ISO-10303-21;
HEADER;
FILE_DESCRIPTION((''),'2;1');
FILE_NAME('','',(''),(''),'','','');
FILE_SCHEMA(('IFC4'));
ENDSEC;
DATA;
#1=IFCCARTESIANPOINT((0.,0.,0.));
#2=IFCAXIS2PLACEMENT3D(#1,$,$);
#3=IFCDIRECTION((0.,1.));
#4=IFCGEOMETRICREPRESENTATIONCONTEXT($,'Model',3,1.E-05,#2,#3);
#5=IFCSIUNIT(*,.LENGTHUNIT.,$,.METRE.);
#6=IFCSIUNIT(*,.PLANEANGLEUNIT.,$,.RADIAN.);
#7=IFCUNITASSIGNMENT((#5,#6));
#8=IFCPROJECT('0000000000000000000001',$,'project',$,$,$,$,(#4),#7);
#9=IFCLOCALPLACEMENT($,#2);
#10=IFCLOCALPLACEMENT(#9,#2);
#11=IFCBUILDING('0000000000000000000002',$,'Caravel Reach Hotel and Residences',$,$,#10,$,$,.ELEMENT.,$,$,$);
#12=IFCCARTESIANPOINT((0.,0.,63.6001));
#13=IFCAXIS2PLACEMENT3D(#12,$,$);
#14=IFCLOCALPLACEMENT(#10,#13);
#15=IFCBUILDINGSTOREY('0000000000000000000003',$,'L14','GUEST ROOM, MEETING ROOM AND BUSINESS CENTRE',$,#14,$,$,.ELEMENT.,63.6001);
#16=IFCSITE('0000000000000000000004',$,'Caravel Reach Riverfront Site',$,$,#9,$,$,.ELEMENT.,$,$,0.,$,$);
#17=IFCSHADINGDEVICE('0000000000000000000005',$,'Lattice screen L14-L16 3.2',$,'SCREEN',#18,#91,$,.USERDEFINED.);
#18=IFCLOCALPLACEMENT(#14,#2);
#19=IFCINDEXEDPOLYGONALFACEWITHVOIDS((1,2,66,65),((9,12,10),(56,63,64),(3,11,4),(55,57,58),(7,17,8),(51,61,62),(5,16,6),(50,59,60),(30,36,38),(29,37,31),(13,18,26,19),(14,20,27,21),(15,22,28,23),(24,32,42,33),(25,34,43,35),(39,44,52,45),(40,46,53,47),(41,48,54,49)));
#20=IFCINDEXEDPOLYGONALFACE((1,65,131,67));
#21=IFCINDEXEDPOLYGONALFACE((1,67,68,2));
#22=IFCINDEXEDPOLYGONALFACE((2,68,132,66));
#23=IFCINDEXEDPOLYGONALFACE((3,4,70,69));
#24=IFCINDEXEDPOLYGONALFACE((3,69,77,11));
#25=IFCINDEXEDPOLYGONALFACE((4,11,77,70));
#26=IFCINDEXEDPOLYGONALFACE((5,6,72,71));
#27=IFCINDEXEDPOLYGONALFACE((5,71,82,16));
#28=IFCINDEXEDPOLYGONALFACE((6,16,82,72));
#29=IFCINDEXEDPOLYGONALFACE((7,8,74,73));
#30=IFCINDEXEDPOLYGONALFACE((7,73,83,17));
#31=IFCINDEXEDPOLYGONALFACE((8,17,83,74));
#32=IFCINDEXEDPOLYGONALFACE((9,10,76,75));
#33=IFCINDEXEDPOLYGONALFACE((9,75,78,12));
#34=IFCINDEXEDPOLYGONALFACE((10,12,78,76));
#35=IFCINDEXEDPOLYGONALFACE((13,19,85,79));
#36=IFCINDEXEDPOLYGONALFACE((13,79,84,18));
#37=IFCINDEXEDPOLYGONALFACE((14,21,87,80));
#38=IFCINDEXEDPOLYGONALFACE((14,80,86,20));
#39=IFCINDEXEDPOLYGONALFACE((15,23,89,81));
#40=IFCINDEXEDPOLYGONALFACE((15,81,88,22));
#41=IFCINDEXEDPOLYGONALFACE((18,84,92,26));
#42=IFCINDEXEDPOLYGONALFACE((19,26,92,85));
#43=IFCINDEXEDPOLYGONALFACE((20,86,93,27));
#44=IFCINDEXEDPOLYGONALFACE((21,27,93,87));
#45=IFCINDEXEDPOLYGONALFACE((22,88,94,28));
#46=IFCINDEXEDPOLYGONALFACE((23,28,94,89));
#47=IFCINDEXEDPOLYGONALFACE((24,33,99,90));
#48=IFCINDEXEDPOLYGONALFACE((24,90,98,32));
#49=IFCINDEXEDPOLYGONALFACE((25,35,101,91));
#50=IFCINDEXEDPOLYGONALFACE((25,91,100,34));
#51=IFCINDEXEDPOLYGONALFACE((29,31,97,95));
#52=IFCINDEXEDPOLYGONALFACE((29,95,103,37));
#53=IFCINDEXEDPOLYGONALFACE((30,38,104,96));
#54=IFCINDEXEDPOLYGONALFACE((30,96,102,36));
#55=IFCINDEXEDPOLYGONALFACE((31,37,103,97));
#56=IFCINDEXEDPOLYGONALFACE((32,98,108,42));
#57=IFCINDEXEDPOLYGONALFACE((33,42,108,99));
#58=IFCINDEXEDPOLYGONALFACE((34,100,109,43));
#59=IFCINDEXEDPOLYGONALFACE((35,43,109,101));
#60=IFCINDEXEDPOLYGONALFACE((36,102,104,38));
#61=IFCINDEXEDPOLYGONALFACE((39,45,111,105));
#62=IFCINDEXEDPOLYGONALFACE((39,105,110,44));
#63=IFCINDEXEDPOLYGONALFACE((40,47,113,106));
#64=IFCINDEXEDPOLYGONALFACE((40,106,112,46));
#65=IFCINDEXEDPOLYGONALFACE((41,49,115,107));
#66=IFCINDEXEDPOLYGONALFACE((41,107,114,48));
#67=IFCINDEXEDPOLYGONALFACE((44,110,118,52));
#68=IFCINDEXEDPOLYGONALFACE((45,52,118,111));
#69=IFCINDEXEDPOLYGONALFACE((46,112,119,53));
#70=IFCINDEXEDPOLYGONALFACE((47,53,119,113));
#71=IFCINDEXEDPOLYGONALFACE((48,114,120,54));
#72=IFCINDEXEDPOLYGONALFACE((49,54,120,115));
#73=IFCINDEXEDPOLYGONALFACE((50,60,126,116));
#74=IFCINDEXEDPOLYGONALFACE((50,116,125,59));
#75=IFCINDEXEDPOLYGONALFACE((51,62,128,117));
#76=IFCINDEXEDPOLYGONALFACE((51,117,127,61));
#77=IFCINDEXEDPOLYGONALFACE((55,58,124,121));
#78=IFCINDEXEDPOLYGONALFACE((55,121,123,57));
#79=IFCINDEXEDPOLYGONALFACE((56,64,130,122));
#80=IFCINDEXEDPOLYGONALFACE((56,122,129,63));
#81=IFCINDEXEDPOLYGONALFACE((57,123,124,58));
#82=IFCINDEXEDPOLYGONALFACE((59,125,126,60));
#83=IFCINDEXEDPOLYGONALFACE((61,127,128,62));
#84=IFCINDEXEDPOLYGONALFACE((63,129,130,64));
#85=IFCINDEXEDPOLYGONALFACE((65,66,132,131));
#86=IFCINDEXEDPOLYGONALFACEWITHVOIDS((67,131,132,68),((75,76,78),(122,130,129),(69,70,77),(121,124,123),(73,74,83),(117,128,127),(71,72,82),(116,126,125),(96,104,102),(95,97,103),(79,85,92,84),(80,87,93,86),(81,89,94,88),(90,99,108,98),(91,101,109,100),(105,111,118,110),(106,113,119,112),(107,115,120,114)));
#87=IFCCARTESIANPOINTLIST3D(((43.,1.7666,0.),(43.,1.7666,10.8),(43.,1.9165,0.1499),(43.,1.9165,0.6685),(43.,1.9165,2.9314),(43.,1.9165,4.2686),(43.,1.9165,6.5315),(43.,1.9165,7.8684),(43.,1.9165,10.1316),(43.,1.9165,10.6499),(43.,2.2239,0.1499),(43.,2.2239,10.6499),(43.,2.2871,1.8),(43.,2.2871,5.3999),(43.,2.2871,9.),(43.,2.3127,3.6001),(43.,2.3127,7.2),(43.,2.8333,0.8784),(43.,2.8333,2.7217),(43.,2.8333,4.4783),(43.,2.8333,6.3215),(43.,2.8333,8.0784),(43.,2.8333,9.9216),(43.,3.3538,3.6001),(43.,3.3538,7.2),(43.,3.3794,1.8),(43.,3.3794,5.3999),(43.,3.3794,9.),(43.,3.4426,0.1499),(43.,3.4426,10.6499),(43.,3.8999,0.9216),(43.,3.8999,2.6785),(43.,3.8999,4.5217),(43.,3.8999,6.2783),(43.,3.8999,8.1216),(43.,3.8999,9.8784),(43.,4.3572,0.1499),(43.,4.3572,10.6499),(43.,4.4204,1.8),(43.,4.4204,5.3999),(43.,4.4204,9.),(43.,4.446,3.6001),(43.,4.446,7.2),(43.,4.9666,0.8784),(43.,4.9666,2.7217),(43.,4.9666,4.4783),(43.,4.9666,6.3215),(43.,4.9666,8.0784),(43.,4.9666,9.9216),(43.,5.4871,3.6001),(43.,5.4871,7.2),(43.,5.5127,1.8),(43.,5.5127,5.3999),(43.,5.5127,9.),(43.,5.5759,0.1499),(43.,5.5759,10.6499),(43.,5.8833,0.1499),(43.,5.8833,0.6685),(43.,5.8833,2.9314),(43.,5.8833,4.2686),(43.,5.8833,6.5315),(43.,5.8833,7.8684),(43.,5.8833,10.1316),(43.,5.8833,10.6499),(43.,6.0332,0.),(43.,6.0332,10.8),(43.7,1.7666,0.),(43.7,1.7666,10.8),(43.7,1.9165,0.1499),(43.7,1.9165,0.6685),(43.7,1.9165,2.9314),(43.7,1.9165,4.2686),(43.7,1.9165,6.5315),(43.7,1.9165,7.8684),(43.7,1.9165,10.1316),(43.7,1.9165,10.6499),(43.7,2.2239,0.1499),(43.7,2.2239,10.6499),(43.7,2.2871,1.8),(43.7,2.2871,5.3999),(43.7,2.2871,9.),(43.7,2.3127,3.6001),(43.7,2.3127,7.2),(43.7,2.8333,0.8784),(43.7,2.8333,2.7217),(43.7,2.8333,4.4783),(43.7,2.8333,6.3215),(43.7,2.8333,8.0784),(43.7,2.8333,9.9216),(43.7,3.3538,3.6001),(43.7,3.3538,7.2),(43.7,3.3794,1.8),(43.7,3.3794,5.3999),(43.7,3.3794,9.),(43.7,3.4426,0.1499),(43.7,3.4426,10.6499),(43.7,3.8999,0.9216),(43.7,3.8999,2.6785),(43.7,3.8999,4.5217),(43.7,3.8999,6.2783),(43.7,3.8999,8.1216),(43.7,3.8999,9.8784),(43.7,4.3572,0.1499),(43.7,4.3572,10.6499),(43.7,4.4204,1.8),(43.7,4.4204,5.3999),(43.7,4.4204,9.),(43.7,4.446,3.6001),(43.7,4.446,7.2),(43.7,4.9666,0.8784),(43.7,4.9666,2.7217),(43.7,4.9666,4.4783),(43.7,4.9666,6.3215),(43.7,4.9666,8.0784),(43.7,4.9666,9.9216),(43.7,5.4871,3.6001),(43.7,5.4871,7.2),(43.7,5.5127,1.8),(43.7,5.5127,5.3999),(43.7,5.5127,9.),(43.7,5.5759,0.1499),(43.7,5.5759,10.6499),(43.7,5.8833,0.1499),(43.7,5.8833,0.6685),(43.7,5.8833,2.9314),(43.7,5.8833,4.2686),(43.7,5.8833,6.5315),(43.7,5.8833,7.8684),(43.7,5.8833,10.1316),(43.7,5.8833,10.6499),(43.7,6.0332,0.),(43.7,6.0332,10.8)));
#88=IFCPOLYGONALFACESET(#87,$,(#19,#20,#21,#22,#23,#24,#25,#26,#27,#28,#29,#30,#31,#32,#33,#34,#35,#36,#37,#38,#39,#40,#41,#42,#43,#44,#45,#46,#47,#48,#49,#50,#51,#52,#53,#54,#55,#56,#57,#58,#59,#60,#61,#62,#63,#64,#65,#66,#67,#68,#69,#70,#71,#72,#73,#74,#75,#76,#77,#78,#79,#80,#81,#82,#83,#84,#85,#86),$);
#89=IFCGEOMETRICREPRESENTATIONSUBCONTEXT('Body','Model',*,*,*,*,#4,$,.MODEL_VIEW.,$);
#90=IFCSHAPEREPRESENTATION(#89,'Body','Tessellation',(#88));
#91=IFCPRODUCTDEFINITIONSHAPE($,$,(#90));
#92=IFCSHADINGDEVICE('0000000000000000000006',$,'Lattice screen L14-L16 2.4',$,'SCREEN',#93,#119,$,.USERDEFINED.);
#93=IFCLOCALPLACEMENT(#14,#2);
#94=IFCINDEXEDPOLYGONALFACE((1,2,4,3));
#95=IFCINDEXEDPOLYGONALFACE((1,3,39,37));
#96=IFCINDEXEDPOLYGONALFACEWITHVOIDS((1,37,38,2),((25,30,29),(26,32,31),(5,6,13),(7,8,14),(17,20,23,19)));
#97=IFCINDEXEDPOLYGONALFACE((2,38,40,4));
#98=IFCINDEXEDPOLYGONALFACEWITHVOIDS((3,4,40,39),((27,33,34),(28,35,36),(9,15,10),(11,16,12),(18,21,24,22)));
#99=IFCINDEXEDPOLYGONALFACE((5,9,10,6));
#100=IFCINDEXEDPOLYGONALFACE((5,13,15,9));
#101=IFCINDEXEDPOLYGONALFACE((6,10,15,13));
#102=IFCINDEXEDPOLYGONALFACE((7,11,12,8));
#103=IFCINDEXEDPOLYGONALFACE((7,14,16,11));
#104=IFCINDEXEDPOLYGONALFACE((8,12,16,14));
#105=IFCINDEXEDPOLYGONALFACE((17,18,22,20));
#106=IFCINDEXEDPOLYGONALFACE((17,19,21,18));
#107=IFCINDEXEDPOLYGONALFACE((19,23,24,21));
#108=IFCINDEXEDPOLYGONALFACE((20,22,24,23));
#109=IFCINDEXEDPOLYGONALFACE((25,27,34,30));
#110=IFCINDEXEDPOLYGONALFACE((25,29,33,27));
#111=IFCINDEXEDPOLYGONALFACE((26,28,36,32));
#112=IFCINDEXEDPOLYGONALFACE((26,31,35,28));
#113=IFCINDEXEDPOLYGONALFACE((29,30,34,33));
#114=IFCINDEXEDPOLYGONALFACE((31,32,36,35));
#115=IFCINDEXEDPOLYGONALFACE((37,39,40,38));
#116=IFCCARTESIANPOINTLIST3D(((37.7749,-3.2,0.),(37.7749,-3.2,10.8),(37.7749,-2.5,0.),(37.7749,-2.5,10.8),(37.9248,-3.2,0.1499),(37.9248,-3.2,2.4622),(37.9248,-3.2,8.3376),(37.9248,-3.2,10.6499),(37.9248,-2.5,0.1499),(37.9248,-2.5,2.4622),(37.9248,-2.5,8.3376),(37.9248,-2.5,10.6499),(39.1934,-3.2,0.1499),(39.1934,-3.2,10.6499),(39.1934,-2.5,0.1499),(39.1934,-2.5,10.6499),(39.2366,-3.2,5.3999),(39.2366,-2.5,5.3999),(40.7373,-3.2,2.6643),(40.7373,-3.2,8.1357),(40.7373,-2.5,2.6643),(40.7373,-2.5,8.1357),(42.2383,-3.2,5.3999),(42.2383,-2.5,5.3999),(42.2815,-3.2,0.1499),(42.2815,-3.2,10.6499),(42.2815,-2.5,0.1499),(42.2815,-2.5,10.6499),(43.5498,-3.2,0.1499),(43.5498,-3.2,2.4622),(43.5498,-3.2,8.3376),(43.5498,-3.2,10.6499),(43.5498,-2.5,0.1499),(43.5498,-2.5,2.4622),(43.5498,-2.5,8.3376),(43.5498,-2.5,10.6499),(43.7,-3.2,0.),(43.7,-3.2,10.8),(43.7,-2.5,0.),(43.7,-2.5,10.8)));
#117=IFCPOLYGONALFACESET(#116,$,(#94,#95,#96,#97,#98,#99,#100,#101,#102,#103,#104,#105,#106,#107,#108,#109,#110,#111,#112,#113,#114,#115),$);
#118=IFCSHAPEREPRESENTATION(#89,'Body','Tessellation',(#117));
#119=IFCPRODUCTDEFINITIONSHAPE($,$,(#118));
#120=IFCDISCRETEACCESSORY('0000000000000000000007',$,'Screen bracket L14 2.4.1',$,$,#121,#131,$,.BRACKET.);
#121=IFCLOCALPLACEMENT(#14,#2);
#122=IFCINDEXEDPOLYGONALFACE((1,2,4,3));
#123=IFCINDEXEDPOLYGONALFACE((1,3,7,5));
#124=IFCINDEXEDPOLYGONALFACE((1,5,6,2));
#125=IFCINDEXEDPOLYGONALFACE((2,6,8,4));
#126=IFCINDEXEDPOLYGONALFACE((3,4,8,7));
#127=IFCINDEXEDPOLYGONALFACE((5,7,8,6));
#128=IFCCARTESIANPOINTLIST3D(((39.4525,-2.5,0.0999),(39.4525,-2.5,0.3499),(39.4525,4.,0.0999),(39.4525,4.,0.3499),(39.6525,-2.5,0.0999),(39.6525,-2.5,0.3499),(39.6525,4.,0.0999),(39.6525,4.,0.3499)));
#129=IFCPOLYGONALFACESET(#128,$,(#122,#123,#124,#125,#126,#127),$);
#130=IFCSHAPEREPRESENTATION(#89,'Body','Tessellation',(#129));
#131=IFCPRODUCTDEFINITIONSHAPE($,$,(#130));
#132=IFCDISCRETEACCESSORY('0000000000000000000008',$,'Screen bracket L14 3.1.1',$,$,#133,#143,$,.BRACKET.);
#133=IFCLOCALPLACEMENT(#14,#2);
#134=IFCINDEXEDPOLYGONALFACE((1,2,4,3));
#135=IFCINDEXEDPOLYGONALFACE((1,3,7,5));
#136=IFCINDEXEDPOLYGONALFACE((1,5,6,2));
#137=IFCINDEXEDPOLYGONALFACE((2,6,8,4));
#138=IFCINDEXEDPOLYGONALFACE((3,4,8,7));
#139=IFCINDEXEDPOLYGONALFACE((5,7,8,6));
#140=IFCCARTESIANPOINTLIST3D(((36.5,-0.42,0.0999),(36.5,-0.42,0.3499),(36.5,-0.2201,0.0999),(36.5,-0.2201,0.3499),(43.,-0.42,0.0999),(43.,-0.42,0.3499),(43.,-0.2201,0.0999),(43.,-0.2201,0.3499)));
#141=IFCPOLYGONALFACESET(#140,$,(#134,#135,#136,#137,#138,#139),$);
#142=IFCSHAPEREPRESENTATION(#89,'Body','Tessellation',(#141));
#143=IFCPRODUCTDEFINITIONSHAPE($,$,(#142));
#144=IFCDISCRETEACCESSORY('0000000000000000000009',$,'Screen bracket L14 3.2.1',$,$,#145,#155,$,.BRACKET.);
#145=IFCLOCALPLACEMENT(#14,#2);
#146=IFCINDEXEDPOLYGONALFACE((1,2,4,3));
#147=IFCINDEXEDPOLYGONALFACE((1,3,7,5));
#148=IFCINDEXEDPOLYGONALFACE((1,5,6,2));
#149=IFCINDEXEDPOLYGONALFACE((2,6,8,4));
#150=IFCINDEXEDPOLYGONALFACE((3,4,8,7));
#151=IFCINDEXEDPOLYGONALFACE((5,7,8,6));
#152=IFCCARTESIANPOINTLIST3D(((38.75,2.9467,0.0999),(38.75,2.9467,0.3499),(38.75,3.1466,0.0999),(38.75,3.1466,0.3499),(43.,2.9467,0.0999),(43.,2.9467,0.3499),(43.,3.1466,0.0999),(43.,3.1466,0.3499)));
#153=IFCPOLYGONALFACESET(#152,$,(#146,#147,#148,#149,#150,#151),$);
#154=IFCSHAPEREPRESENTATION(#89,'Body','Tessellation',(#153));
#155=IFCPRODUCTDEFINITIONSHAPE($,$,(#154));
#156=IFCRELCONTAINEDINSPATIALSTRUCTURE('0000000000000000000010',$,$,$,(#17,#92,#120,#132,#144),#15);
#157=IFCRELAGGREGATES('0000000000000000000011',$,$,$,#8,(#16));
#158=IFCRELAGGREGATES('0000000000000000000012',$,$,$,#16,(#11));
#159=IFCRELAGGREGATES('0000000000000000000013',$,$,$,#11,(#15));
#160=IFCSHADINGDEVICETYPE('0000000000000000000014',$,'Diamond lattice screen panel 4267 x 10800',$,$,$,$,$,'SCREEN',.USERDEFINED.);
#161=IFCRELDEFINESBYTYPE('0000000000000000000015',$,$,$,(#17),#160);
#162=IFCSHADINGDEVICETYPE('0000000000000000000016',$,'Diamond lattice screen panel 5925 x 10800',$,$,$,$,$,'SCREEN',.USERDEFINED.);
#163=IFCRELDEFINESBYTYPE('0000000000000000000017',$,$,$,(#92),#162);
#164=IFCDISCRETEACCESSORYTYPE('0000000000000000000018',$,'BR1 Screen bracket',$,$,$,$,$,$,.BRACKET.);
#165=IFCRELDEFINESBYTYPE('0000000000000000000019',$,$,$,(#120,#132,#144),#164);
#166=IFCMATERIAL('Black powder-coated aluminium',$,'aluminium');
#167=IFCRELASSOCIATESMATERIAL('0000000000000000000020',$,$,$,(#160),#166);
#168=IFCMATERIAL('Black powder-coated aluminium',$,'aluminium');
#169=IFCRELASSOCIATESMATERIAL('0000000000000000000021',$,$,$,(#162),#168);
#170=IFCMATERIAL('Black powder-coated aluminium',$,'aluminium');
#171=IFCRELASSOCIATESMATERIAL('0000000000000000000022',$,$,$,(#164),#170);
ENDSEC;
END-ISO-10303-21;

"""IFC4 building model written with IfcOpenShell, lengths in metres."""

from ifc_helpers import new_model, si_unit, direction, frame, origin, origin_2d, place, context, subcontext, project, spatial, polyline, rectangle, outline, extrude, material, type_object, element, save


model = new_model("IFC4")

# Units and contexts
model_context = context("Model", 3, precision=1e-05, world=origin(), true_north=direction((0.0, 1.0)))
body_context = subcontext(model_context, "Body", "Model", "MODEL_VIEW")
ifc_project = project(units=[si_unit("LENGTHUNIT", "METRE"), si_unit("PLANEANGLEUNIT", "RADIAN")], contexts=[model_context])

# Site, building, storey
site_placement = place(None, origin())
site = spatial("IfcSite", under=ifc_project, at=site_placement, Name="Caravel Reach Riverfront Site", CompositionType="ELEMENT", RefElevation=0.0)
building_placement = place(site_placement, origin())
building = spatial("IfcBuilding", under=site, at=building_placement, Name="Caravel Reach Hotel and Residences", CompositionType="ELEMENT")
storey_placement = place(building_placement, frame((0.0, 0.0, 63.6001)))
storey = spatial("IfcBuildingStorey", under=building, at=storey_placement, Name="L14", Description="GUEST ROOM, MEETING ROOM AND BUSINESS CENTRE", CompositionType="ELEMENT", Elevation=63.6001)

# Shading devices
ifc_material_1 = material(Name="Black powder-coated aluminium", Category="aluminium")
shading_device_type_1 = type_object("IfcShadingDeviceType", Name="Diamond lattice screen panel 4267 x 10800", ElementType="SCREEN", PredefinedType="USERDEFINED", material=ifc_material_1)
shading_device_1_placement = place(storey_placement, frame((43.0, 1.7666, 0.0), z_axis=(1.0, 0.0, 0.0), x_axis=(0.0, 1.0, 0.0)))
element("IfcShadingDevice", 1, at=shading_device_1_placement, inside=storey, type_object=shading_device_type_1, Name="Lattice screen L14-L16 3.2", ObjectType="SCREEN", PredefinedType="USERDEFINED", context=body_context, shape_type="SweptSolid", body=[
    extrude(outline(polyline([(0.0, 0.0), (4.2666, 0.0), (4.2666, 10.8), (0.0, 10.8), (0.0, 0.0)]), holes=[polyline([(0.4573, 0.1499), (0.1499, 0.6685), (0.1499, 0.1499), (0.4573, 0.1499)]), polyline([(0.5461, 3.6001), (0.1499, 4.2686), (0.1499, 2.9314), (0.5461, 3.6001)]), polyline([(0.5461, 7.2), (0.1499, 7.8684), (0.1499, 6.5315), (0.5461, 7.2)]), polyline([(0.1499, 10.1316), (0.4573, 10.6499), (0.1499, 10.6499), (0.1499, 10.1316)]), polyline([(1.0667, 2.7217), (0.5205, 1.8), (1.0667, 0.8784), (1.6128, 1.8), (1.0667, 2.7217)]), polyline([(1.0667, 6.3215), (0.5205, 5.3999), (1.0667, 4.4783), (1.6128, 5.3999), (1.0667, 6.3215)]), polyline([(1.0667, 9.9216), (0.5205, 9.0), (1.0667, 8.0784), (1.6128, 9.0), (1.0667, 9.9216)]), polyline([(2.1333, 0.9216), (1.676, 0.1499), (2.5906, 0.1499), (2.1333, 0.9216)]), polyline([(2.1333, 4.5217), (1.5872, 3.6001), (2.1333, 2.6785), (2.6794, 3.6001), (2.1333, 4.5217)]), polyline([(2.1333, 8.1216), (1.5872, 7.2), (2.1333, 6.2783), (2.6794, 7.2), (2.1333, 8.1216)]), polyline([(2.1333, 9.8784), (2.5906, 10.6499), (1.676, 10.6499), (2.1333, 9.8784)]), polyline([(3.2, 2.7217), (2.6538, 1.8), (3.2, 0.8784), (3.7461, 1.8), (3.2, 2.7217)]), polyline([(3.2, 6.3215), (2.6538, 5.3999), (3.2, 4.4783), (3.7461, 5.3999), (3.2, 6.3215)]), polyline([(3.2, 9.9216), (2.6538, 9.0), (3.2, 8.0784), (3.7461, 9.0), (3.2, 9.9216)]), polyline([(4.1167, 0.6685), (3.8093, 0.1499), (4.1167, 0.1499), (4.1167, 0.6685)]), polyline([(3.7205, 3.6001), (4.1167, 2.9314), (4.1167, 4.2686), (3.7205, 3.6001)]), polyline([(3.7205, 7.2), (4.1167, 6.5315), (4.1167, 7.8684), (3.7205, 7.2)]), polyline([(3.8093, 10.6499), (4.1167, 10.1316), (4.1167, 10.6499), (3.8093, 10.6499)])]), origin(), (0.0, 0.0, 1.0), 0.7),
])
ifc_material_2 = material(Name="Black powder-coated aluminium", Category="aluminium")
shading_device_type_2 = type_object("IfcShadingDeviceType", Name="Diamond lattice screen panel 5925 x 10800", ElementType="SCREEN", PredefinedType="USERDEFINED", material=ifc_material_2)
shading_device_2_placement = place(storey_placement, frame((37.7749, -2.5, 0.0), z_axis=(0.0, -1.0, 0.0), x_axis=(1.0, 0.0, 0.0)))
element("IfcShadingDevice", 2, at=shading_device_2_placement, inside=storey, type_object=shading_device_type_2, Name="Lattice screen L14-L16 2.4", ObjectType="SCREEN", PredefinedType="USERDEFINED", context=body_context, shape_type="SweptSolid", body=[
    extrude(outline(polyline([(0.0, 0.0), (5.925, 0.0), (5.925, 10.8), (0.0, 10.8), (0.0, 0.0)]), holes=[polyline([(1.4185, 0.1499), (0.1499, 2.4622), (0.1499, 0.1499), (1.4185, 0.1499)]), polyline([(0.1499, 8.3376), (1.4185, 10.6499), (0.1499, 10.6499), (0.1499, 8.3376)]), polyline([(2.9624, 8.1357), (1.4617, 5.3999), (2.9624, 2.6643), (4.4634, 5.3999), (2.9624, 8.1357)]), polyline([(5.7749, 2.4622), (4.5066, 0.1499), (5.7749, 0.1499), (5.7749, 2.4622)]), polyline([(4.5066, 10.6499), (5.7749, 8.3376), (5.7749, 10.6499), (4.5066, 10.6499)])]), origin(), (0.0, 0.0, 1.0), 0.7),
])

# Discrete accessories
ifc_material_3 = material(Name="Black powder-coated aluminium", Category="aluminium")
discrete_accessory_type = type_object("IfcDiscreteAccessoryType", Name="BR1 Screen bracket", PredefinedType="BRACKET", material=ifc_material_3)
for number, where, z_axis, x_axis, name in (
    (3, (39.5525, 0.75, 0.0999), (0.0, 0.0, 1.0), (0.0, -1.0, 0.0), "Screen bracket L14 2.4.1"),
    (4, (39.75, -0.3201, 0.0999), (0.0, 0.0, 1.0), (1.0, 0.0, 0.0), "Screen bracket L14 3.1.1"),
):
    element("IfcDiscreteAccessory", number, at=place(storey_placement, frame(where, z_axis=z_axis, x_axis=x_axis)), inside=storey, type_object=discrete_accessory_type, Name=name, PredefinedType="BRACKET", context=body_context, shape_type="SweptSolid", body=[
        extrude(rectangle(XDim=6.5, YDim=0.2, at=origin_2d()), origin(), (0.0, 0.0, 1.0), 0.25),
    ])
discrete_accessory_placement = place(storey_placement, frame((40.875, 3.0466, 0.0999), z_axis=(0.0, 0.0, 1.0), x_axis=(1.0, 0.0, 0.0)))
element("IfcDiscreteAccessory", 5, at=discrete_accessory_placement, inside=storey, type_object=discrete_accessory_type, Name="Screen bracket L14 3.2.1", PredefinedType="BRACKET", context=body_context, shape_type="SweptSolid", body=[
    extrude(rectangle(XDim=4.25, YDim=0.2, at=origin_2d()), origin(), (0.0, 0.0, 1.0), 0.25),
])

save(model, "model.ifc")
